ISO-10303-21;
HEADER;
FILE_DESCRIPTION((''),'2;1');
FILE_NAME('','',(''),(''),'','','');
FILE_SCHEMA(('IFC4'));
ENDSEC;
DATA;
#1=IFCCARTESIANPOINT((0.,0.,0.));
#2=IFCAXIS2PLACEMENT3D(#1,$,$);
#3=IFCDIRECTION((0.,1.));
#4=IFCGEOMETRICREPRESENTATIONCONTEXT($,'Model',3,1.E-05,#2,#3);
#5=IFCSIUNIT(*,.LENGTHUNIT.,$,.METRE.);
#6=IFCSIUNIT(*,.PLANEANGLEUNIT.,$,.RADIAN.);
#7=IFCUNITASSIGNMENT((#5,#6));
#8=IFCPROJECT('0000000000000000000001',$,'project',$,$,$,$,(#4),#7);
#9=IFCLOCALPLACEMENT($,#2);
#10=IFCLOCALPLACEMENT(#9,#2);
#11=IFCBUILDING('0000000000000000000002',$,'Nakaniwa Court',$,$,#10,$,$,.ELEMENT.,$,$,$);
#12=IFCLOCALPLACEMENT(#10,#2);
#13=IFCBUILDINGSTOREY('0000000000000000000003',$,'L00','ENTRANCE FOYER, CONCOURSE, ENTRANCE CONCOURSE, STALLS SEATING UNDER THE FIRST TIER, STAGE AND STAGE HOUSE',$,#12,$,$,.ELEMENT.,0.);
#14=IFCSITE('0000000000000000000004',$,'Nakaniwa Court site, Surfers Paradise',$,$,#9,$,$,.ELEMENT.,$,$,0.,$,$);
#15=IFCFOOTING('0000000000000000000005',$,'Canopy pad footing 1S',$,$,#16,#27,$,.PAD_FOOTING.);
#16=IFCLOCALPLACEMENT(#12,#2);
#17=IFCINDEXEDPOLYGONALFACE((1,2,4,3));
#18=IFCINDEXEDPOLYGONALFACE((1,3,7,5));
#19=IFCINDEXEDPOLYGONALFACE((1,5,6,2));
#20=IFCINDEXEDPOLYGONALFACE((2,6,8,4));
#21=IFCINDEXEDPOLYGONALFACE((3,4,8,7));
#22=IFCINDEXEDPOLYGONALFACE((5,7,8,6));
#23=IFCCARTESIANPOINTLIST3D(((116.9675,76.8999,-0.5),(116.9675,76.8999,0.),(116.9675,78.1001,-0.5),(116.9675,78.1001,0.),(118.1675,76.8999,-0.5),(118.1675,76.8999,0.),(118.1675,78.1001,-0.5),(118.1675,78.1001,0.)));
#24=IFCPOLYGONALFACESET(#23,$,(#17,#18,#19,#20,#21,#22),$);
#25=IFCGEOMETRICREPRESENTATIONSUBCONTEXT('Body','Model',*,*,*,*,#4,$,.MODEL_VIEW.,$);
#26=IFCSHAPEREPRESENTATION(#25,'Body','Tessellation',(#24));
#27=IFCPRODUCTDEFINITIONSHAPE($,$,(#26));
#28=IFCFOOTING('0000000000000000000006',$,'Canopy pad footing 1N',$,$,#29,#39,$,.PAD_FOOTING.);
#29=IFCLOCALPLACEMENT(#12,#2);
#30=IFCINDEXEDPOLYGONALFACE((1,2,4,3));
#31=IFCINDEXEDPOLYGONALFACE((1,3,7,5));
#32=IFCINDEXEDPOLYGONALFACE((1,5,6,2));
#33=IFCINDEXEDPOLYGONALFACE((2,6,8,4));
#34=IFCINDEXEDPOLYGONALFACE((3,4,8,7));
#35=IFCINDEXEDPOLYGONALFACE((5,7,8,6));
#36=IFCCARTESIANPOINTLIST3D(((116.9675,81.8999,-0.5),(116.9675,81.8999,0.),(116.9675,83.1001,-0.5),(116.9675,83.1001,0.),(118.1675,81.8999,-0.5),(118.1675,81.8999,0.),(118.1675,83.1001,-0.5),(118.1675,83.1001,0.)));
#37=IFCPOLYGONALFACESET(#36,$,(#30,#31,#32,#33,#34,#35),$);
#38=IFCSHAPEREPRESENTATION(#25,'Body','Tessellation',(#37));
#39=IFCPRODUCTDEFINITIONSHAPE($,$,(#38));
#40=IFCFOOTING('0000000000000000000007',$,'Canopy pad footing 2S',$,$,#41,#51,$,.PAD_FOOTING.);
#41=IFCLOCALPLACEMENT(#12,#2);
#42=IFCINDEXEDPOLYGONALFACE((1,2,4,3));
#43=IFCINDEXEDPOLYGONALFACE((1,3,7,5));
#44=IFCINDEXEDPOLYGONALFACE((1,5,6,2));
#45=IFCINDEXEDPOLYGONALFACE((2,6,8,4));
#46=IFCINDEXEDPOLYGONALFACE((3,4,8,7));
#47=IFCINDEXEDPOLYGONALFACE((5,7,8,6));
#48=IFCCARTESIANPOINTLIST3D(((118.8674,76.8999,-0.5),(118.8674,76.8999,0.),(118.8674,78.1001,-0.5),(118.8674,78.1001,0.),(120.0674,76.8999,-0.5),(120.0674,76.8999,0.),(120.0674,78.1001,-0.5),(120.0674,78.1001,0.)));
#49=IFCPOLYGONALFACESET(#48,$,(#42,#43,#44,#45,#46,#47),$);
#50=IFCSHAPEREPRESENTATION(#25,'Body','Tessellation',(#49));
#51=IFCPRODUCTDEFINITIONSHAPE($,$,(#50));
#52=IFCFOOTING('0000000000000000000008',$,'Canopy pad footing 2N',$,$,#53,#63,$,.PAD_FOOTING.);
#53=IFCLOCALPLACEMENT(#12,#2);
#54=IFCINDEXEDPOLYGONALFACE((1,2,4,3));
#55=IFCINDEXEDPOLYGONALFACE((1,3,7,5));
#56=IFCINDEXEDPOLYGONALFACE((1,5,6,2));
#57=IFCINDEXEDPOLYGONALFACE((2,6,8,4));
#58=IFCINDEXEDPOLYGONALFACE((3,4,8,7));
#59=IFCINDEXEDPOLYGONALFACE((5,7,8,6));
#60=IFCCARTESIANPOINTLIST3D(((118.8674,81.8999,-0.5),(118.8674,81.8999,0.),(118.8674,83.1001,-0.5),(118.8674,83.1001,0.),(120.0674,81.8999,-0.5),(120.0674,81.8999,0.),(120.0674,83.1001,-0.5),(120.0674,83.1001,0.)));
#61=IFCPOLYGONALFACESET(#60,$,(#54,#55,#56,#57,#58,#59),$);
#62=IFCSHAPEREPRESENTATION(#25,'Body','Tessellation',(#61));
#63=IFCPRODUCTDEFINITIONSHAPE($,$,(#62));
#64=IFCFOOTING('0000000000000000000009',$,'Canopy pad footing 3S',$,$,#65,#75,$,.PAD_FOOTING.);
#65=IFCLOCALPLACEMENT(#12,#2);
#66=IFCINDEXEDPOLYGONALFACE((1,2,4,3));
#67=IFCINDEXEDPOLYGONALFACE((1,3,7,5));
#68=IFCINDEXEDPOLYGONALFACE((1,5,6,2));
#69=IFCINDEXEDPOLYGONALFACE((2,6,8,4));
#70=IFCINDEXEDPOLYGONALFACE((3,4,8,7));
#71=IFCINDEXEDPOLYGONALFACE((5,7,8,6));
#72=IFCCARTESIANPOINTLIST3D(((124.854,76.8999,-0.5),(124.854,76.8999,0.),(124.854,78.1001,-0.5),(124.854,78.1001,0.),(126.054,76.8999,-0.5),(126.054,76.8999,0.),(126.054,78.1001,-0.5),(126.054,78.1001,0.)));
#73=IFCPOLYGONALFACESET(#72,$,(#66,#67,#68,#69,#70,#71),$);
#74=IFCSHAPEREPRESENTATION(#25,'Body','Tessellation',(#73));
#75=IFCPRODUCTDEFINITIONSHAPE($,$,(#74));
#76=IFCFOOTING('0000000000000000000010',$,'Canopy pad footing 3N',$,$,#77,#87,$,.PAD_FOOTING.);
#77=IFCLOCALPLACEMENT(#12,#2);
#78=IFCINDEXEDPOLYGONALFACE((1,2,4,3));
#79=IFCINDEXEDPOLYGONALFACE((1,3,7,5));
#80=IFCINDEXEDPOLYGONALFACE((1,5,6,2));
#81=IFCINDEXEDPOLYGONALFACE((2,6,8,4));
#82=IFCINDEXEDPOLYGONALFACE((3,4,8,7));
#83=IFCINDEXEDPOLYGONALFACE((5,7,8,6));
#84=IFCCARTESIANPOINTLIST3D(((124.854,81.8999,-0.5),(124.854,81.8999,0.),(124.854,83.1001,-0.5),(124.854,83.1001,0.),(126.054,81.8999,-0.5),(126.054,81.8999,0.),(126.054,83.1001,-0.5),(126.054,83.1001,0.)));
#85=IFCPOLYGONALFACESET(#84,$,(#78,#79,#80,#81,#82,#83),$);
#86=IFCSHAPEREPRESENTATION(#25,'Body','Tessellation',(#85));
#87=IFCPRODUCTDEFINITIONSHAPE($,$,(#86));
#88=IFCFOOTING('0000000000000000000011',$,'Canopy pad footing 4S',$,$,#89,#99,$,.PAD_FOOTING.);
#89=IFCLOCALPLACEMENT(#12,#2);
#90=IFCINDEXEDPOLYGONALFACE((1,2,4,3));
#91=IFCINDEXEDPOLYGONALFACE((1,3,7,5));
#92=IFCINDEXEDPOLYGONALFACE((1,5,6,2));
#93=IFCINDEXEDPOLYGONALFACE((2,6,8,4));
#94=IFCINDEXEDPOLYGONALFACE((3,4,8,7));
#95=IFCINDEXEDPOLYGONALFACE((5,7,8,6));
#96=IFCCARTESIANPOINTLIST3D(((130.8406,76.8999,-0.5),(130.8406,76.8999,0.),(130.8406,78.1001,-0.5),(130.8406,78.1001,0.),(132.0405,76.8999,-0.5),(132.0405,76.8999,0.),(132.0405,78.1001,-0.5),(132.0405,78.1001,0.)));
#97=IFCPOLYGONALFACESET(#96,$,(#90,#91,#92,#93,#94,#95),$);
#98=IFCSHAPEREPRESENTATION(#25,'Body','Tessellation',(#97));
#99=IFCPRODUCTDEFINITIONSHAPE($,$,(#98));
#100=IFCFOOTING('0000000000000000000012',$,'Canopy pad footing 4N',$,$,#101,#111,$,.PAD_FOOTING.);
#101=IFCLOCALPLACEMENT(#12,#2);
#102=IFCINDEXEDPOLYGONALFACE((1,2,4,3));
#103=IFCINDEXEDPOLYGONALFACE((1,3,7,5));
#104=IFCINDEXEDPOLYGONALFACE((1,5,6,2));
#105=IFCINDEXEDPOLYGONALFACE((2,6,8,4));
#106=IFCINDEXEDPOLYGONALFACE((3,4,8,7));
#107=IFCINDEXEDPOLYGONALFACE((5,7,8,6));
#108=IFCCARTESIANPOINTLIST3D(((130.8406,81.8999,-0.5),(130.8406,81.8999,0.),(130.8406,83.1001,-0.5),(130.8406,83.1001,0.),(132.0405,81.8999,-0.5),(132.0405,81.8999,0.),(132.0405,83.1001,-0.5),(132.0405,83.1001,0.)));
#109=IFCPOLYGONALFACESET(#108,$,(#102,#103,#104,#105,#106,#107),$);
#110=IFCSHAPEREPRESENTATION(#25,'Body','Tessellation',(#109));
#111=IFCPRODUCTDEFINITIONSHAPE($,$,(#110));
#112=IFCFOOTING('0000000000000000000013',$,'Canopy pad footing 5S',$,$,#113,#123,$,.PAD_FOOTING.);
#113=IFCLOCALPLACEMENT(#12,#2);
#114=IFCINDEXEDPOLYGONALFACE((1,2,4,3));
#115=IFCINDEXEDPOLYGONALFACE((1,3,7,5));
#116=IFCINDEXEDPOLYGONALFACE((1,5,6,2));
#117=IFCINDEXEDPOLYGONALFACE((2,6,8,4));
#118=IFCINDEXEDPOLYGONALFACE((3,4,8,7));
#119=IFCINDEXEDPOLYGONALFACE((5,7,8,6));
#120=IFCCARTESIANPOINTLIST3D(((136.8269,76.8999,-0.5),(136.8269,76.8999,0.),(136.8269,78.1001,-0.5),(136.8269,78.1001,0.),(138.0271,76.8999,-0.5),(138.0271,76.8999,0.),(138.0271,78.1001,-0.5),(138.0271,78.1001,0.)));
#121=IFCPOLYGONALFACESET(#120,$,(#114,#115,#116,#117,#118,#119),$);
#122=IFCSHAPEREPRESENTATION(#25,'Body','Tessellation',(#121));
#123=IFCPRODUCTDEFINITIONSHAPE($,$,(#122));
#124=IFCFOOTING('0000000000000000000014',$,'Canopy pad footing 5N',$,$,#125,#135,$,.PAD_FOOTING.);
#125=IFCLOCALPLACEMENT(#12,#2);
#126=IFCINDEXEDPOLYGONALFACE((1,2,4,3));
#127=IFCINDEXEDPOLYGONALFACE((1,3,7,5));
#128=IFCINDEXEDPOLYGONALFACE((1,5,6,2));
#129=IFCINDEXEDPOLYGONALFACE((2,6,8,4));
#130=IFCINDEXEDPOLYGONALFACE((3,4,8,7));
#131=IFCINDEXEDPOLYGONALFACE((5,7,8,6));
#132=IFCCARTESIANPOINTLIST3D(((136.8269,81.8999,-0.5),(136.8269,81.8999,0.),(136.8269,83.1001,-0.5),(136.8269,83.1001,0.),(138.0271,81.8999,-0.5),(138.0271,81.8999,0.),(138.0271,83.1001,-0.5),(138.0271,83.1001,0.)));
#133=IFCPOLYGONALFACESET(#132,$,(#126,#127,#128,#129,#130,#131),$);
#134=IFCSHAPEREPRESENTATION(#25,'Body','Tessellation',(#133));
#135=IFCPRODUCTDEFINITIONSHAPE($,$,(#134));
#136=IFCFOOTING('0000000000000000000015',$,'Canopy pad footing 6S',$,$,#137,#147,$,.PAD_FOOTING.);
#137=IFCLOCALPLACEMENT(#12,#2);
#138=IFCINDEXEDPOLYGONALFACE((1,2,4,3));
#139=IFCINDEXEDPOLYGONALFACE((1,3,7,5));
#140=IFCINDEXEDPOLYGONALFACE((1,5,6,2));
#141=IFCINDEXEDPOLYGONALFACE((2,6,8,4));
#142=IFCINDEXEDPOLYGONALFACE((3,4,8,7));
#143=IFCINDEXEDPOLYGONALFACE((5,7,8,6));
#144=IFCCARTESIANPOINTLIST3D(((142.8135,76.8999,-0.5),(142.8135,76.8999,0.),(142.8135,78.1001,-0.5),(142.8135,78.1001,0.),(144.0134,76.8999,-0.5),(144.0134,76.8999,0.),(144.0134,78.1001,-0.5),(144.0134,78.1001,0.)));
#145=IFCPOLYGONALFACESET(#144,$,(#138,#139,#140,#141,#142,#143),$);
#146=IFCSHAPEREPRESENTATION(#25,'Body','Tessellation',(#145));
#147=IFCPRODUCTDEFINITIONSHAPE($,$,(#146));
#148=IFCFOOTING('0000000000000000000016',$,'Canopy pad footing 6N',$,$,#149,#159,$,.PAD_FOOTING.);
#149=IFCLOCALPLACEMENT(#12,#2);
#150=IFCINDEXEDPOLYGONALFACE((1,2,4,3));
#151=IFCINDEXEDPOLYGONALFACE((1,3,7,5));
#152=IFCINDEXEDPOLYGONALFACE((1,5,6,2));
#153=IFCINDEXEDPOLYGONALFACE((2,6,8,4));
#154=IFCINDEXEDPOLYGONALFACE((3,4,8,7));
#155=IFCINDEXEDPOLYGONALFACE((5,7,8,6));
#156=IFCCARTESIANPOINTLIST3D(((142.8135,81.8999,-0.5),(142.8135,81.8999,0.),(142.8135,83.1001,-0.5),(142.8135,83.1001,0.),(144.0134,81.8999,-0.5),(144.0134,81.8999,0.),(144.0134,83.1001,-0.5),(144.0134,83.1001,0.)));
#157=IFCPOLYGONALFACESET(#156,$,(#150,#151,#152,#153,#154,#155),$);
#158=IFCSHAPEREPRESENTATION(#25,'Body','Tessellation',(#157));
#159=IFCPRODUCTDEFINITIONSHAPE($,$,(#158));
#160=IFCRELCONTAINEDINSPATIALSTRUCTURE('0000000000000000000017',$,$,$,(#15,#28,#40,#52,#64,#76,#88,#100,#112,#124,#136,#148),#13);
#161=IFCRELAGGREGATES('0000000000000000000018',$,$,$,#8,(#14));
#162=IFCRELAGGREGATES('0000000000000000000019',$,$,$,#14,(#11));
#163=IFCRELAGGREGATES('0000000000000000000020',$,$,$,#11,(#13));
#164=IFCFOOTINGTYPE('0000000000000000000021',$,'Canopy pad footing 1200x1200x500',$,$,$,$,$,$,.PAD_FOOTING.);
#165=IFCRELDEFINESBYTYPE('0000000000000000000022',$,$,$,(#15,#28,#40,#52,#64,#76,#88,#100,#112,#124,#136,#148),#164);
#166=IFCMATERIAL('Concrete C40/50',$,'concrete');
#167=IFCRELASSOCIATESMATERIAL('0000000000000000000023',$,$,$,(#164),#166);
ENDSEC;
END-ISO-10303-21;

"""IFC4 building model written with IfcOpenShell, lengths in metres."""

from ifc_helpers import new_model, si_unit, direction, frame, origin, place, context, subcontext, project, spatial, polyline, outline, extrude, material, type_object, element, save


model = new_model("IFC4")

# Units and contexts
model_context = context("Model", 3, precision=1e-05, world=origin(), true_north=direction((0.0, 1.0)))
body_context = subcontext(model_context, "Body", "Model", "MODEL_VIEW")
ifc_project = project(units=[si_unit("LENGTHUNIT", "METRE"), si_unit("PLANEANGLEUNIT", "RADIAN")], contexts=[model_context])

# Site, building, storey
site_placement = place(None, origin())
site = spatial("IfcSite", under=ifc_project, at=site_placement, Name="Nakaniwa Court site, Surfers Paradise", CompositionType="ELEMENT", RefElevation=0.0)
building_placement = place(site_placement, origin())
building = spatial("IfcBuilding", under=site, at=building_placement, Name="Nakaniwa Court", CompositionType="ELEMENT")
storey_placement = place(building_placement, origin())
storey = spatial("IfcBuildingStorey", under=building, at=storey_placement, Name="L00", Description="ENTRANCE FOYER, CONCOURSE, ENTRANCE CONCOURSE, STALLS SEATING UNDER THE FIRST TIER, STAGE AND STAGE HOUSE", CompositionType="ELEMENT", Elevation=0.0)

# Footings
ifc_material_1 = material(Name="Concrete C40/50", Category="concrete")
footing_type = type_object("IfcFootingType", Name="Canopy pad footing 1200x1200x500", PredefinedType="PAD_FOOTING", material=ifc_material_1)
footing_1_placement = place(storey_placement, frame((0.0, 0.0, -0.5)))
element("IfcFooting", 1, at=footing_1_placement, inside=storey, type_object=footing_type, Name="Canopy pad footing 1S", PredefinedType="PAD_FOOTING", context=body_context, shape_type="SweptSolid", body=[
    extrude(outline(polyline([(118.1675, 76.8999), (118.1675, 78.1001), (116.9675, 78.1001), (116.9675, 76.8999), (118.1675, 76.8999)])), origin(), (0.0, 0.0, 1.0), 0.5),
])
footing_2_placement = place(storey_placement, frame((0.0, 0.0, -0.5)))
element("IfcFooting", 2, at=footing_2_placement, inside=storey, type_object=footing_type, Name="Canopy pad footing 1N", PredefinedType="PAD_FOOTING", context=body_context, shape_type="SweptSolid", body=[
    extrude(outline(polyline([(118.1675, 81.8999), (118.1675, 83.1001), (116.9675, 83.1001), (116.9675, 81.8999), (118.1675, 81.8999)])), origin(), (0.0, 0.0, 1.0), 0.5),
])
footing_3_placement = place(storey_placement, frame((0.0, 0.0, -0.5)))
element("IfcFooting", 3, at=footing_3_placement, inside=storey, type_object=footing_type, Name="Canopy pad footing 2S", PredefinedType="PAD_FOOTING", context=body_context, shape_type="SweptSolid", body=[
    extrude(outline(polyline([(120.0674, 76.8999), (120.0674, 78.1001), (118.8674, 78.1001), (118.8674, 76.8999), (120.0674, 76.8999)])), origin(), (0.0, 0.0, 1.0), 0.5),
])
footing_4_placement = place(storey_placement, frame((0.0, 0.0, -0.5)))
element("IfcFooting", 4, at=footing_4_placement, inside=storey, type_object=footing_type, Name="Canopy pad footing 2N", PredefinedType="PAD_FOOTING", context=body_context, shape_type="SweptSolid", body=[
    extrude(outline(polyline([(120.0674, 81.8999), (120.0674, 83.1001), (118.8674, 83.1001), (118.8674, 81.8999), (120.0674, 81.8999)])), origin(), (0.0, 0.0, 1.0), 0.5),
])
footing_5_placement = place(storey_placement, frame((0.0, 0.0, -0.5)))
element("IfcFooting", 5, at=footing_5_placement, inside=storey, type_object=footing_type, Name="Canopy pad footing 3S", PredefinedType="PAD_FOOTING", context=body_context, shape_type="SweptSolid", body=[
    extrude(outline(polyline([(126.054, 76.8999), (126.054, 78.1001), (124.854, 78.1001), (124.854, 76.8999), (126.054, 76.8999)])), origin(), (0.0, 0.0, 1.0), 0.5),
])
footing_6_placement = place(storey_placement, frame((0.0, 0.0, -0.5)))
element("IfcFooting", 6, at=footing_6_placement, inside=storey, type_object=footing_type, Name="Canopy pad footing 3N", PredefinedType="PAD_FOOTING", context=body_context, shape_type="SweptSolid", body=[
    extrude(outline(polyline([(126.054, 81.8999), (126.054, 83.1001), (124.854, 83.1001), (124.854, 81.8999), (126.054, 81.8999)])), origin(), (0.0, 0.0, 1.0), 0.5),
])
footing_7_placement = place(storey_placement, frame((0.0, 0.0, -0.5)))
element("IfcFooting", 7, at=footing_7_placement, inside=storey, type_object=footing_type, Name="Canopy pad footing 4S", PredefinedType="PAD_FOOTING", context=body_context, shape_type="SweptSolid", body=[
    extrude(outline(polyline([(132.0405, 76.8999), (132.0405, 78.1001), (130.8406, 78.1001), (130.8406, 76.8999), (132.0405, 76.8999)])), origin(), (0.0, 0.0, 1.0), 0.5),
])
footing_8_placement = place(storey_placement, frame((0.0, 0.0, -0.5)))
element("IfcFooting", 8, at=footing_8_placement, inside=storey, type_object=footing_type, Name="Canopy pad footing 4N", PredefinedType="PAD_FOOTING", context=body_context, shape_type="SweptSolid", body=[
    extrude(outline(polyline([(132.0405, 81.8999), (132.0405, 83.1001), (130.8406, 83.1001), (130.8406, 81.8999), (132.0405, 81.8999)])), origin(), (0.0, 0.0, 1.0), 0.5),
])
footing_9_placement = place(storey_placement, frame((0.0, 0.0, -0.5)))
element("IfcFooting", 9, at=footing_9_placement, inside=storey, type_object=footing_type, Name="Canopy pad footing 5S", PredefinedType="PAD_FOOTING", context=body_context, shape_type="SweptSolid", body=[
    extrude(outline(polyline([(138.0271, 76.8999), (138.0271, 78.1001), (136.8269, 78.1001), (136.8269, 76.8999), (138.0271, 76.8999)])), origin(), (0.0, 0.0, 1.0), 0.5),
])
footing_10_placement = place(storey_placement, frame((0.0, 0.0, -0.5)))
element("IfcFooting", 10, at=footing_10_placement, inside=storey, type_object=footing_type, Name="Canopy pad footing 5N", PredefinedType="PAD_FOOTING", context=body_context, shape_type="SweptSolid", body=[
    extrude(outline(polyline([(138.0271, 81.8999), (138.0271, 83.1001), (136.8269, 83.1001), (136.8269, 81.8999), (138.0271, 81.8999)])), origin(), (0.0, 0.0, 1.0), 0.5),
])
footing_11_placement = place(storey_placement, frame((0.0, 0.0, -0.5)))
element("IfcFooting", 11, at=footing_11_placement, inside=storey, type_object=footing_type, Name="Canopy pad footing 6S", PredefinedType="PAD_FOOTING", context=body_context, shape_type="SweptSolid", body=[
    extrude(outline(polyline([(144.0134, 76.8999), (144.0134, 78.1001), (142.8135, 78.1001), (142.8135, 76.8999), (144.0134, 76.8999)])), origin(), (0.0, 0.0, 1.0), 0.5),
])
footing_12_placement = place(storey_placement, frame((0.0, 0.0, -0.5)))
element("IfcFooting", 12, at=footing_12_placement, inside=storey, type_object=footing_type, Name="Canopy pad footing 6N", PredefinedType="PAD_FOOTING", context=body_context, shape_type="SweptSolid", body=[
    extrude(outline(polyline([(144.0134, 81.8999), (144.0134, 83.1001), (142.8135, 83.1001), (142.8135, 81.8999), (144.0134, 81.8999)])), origin(), (0.0, 0.0, 1.0), 0.5),
])

save(model, "model.ifc")
